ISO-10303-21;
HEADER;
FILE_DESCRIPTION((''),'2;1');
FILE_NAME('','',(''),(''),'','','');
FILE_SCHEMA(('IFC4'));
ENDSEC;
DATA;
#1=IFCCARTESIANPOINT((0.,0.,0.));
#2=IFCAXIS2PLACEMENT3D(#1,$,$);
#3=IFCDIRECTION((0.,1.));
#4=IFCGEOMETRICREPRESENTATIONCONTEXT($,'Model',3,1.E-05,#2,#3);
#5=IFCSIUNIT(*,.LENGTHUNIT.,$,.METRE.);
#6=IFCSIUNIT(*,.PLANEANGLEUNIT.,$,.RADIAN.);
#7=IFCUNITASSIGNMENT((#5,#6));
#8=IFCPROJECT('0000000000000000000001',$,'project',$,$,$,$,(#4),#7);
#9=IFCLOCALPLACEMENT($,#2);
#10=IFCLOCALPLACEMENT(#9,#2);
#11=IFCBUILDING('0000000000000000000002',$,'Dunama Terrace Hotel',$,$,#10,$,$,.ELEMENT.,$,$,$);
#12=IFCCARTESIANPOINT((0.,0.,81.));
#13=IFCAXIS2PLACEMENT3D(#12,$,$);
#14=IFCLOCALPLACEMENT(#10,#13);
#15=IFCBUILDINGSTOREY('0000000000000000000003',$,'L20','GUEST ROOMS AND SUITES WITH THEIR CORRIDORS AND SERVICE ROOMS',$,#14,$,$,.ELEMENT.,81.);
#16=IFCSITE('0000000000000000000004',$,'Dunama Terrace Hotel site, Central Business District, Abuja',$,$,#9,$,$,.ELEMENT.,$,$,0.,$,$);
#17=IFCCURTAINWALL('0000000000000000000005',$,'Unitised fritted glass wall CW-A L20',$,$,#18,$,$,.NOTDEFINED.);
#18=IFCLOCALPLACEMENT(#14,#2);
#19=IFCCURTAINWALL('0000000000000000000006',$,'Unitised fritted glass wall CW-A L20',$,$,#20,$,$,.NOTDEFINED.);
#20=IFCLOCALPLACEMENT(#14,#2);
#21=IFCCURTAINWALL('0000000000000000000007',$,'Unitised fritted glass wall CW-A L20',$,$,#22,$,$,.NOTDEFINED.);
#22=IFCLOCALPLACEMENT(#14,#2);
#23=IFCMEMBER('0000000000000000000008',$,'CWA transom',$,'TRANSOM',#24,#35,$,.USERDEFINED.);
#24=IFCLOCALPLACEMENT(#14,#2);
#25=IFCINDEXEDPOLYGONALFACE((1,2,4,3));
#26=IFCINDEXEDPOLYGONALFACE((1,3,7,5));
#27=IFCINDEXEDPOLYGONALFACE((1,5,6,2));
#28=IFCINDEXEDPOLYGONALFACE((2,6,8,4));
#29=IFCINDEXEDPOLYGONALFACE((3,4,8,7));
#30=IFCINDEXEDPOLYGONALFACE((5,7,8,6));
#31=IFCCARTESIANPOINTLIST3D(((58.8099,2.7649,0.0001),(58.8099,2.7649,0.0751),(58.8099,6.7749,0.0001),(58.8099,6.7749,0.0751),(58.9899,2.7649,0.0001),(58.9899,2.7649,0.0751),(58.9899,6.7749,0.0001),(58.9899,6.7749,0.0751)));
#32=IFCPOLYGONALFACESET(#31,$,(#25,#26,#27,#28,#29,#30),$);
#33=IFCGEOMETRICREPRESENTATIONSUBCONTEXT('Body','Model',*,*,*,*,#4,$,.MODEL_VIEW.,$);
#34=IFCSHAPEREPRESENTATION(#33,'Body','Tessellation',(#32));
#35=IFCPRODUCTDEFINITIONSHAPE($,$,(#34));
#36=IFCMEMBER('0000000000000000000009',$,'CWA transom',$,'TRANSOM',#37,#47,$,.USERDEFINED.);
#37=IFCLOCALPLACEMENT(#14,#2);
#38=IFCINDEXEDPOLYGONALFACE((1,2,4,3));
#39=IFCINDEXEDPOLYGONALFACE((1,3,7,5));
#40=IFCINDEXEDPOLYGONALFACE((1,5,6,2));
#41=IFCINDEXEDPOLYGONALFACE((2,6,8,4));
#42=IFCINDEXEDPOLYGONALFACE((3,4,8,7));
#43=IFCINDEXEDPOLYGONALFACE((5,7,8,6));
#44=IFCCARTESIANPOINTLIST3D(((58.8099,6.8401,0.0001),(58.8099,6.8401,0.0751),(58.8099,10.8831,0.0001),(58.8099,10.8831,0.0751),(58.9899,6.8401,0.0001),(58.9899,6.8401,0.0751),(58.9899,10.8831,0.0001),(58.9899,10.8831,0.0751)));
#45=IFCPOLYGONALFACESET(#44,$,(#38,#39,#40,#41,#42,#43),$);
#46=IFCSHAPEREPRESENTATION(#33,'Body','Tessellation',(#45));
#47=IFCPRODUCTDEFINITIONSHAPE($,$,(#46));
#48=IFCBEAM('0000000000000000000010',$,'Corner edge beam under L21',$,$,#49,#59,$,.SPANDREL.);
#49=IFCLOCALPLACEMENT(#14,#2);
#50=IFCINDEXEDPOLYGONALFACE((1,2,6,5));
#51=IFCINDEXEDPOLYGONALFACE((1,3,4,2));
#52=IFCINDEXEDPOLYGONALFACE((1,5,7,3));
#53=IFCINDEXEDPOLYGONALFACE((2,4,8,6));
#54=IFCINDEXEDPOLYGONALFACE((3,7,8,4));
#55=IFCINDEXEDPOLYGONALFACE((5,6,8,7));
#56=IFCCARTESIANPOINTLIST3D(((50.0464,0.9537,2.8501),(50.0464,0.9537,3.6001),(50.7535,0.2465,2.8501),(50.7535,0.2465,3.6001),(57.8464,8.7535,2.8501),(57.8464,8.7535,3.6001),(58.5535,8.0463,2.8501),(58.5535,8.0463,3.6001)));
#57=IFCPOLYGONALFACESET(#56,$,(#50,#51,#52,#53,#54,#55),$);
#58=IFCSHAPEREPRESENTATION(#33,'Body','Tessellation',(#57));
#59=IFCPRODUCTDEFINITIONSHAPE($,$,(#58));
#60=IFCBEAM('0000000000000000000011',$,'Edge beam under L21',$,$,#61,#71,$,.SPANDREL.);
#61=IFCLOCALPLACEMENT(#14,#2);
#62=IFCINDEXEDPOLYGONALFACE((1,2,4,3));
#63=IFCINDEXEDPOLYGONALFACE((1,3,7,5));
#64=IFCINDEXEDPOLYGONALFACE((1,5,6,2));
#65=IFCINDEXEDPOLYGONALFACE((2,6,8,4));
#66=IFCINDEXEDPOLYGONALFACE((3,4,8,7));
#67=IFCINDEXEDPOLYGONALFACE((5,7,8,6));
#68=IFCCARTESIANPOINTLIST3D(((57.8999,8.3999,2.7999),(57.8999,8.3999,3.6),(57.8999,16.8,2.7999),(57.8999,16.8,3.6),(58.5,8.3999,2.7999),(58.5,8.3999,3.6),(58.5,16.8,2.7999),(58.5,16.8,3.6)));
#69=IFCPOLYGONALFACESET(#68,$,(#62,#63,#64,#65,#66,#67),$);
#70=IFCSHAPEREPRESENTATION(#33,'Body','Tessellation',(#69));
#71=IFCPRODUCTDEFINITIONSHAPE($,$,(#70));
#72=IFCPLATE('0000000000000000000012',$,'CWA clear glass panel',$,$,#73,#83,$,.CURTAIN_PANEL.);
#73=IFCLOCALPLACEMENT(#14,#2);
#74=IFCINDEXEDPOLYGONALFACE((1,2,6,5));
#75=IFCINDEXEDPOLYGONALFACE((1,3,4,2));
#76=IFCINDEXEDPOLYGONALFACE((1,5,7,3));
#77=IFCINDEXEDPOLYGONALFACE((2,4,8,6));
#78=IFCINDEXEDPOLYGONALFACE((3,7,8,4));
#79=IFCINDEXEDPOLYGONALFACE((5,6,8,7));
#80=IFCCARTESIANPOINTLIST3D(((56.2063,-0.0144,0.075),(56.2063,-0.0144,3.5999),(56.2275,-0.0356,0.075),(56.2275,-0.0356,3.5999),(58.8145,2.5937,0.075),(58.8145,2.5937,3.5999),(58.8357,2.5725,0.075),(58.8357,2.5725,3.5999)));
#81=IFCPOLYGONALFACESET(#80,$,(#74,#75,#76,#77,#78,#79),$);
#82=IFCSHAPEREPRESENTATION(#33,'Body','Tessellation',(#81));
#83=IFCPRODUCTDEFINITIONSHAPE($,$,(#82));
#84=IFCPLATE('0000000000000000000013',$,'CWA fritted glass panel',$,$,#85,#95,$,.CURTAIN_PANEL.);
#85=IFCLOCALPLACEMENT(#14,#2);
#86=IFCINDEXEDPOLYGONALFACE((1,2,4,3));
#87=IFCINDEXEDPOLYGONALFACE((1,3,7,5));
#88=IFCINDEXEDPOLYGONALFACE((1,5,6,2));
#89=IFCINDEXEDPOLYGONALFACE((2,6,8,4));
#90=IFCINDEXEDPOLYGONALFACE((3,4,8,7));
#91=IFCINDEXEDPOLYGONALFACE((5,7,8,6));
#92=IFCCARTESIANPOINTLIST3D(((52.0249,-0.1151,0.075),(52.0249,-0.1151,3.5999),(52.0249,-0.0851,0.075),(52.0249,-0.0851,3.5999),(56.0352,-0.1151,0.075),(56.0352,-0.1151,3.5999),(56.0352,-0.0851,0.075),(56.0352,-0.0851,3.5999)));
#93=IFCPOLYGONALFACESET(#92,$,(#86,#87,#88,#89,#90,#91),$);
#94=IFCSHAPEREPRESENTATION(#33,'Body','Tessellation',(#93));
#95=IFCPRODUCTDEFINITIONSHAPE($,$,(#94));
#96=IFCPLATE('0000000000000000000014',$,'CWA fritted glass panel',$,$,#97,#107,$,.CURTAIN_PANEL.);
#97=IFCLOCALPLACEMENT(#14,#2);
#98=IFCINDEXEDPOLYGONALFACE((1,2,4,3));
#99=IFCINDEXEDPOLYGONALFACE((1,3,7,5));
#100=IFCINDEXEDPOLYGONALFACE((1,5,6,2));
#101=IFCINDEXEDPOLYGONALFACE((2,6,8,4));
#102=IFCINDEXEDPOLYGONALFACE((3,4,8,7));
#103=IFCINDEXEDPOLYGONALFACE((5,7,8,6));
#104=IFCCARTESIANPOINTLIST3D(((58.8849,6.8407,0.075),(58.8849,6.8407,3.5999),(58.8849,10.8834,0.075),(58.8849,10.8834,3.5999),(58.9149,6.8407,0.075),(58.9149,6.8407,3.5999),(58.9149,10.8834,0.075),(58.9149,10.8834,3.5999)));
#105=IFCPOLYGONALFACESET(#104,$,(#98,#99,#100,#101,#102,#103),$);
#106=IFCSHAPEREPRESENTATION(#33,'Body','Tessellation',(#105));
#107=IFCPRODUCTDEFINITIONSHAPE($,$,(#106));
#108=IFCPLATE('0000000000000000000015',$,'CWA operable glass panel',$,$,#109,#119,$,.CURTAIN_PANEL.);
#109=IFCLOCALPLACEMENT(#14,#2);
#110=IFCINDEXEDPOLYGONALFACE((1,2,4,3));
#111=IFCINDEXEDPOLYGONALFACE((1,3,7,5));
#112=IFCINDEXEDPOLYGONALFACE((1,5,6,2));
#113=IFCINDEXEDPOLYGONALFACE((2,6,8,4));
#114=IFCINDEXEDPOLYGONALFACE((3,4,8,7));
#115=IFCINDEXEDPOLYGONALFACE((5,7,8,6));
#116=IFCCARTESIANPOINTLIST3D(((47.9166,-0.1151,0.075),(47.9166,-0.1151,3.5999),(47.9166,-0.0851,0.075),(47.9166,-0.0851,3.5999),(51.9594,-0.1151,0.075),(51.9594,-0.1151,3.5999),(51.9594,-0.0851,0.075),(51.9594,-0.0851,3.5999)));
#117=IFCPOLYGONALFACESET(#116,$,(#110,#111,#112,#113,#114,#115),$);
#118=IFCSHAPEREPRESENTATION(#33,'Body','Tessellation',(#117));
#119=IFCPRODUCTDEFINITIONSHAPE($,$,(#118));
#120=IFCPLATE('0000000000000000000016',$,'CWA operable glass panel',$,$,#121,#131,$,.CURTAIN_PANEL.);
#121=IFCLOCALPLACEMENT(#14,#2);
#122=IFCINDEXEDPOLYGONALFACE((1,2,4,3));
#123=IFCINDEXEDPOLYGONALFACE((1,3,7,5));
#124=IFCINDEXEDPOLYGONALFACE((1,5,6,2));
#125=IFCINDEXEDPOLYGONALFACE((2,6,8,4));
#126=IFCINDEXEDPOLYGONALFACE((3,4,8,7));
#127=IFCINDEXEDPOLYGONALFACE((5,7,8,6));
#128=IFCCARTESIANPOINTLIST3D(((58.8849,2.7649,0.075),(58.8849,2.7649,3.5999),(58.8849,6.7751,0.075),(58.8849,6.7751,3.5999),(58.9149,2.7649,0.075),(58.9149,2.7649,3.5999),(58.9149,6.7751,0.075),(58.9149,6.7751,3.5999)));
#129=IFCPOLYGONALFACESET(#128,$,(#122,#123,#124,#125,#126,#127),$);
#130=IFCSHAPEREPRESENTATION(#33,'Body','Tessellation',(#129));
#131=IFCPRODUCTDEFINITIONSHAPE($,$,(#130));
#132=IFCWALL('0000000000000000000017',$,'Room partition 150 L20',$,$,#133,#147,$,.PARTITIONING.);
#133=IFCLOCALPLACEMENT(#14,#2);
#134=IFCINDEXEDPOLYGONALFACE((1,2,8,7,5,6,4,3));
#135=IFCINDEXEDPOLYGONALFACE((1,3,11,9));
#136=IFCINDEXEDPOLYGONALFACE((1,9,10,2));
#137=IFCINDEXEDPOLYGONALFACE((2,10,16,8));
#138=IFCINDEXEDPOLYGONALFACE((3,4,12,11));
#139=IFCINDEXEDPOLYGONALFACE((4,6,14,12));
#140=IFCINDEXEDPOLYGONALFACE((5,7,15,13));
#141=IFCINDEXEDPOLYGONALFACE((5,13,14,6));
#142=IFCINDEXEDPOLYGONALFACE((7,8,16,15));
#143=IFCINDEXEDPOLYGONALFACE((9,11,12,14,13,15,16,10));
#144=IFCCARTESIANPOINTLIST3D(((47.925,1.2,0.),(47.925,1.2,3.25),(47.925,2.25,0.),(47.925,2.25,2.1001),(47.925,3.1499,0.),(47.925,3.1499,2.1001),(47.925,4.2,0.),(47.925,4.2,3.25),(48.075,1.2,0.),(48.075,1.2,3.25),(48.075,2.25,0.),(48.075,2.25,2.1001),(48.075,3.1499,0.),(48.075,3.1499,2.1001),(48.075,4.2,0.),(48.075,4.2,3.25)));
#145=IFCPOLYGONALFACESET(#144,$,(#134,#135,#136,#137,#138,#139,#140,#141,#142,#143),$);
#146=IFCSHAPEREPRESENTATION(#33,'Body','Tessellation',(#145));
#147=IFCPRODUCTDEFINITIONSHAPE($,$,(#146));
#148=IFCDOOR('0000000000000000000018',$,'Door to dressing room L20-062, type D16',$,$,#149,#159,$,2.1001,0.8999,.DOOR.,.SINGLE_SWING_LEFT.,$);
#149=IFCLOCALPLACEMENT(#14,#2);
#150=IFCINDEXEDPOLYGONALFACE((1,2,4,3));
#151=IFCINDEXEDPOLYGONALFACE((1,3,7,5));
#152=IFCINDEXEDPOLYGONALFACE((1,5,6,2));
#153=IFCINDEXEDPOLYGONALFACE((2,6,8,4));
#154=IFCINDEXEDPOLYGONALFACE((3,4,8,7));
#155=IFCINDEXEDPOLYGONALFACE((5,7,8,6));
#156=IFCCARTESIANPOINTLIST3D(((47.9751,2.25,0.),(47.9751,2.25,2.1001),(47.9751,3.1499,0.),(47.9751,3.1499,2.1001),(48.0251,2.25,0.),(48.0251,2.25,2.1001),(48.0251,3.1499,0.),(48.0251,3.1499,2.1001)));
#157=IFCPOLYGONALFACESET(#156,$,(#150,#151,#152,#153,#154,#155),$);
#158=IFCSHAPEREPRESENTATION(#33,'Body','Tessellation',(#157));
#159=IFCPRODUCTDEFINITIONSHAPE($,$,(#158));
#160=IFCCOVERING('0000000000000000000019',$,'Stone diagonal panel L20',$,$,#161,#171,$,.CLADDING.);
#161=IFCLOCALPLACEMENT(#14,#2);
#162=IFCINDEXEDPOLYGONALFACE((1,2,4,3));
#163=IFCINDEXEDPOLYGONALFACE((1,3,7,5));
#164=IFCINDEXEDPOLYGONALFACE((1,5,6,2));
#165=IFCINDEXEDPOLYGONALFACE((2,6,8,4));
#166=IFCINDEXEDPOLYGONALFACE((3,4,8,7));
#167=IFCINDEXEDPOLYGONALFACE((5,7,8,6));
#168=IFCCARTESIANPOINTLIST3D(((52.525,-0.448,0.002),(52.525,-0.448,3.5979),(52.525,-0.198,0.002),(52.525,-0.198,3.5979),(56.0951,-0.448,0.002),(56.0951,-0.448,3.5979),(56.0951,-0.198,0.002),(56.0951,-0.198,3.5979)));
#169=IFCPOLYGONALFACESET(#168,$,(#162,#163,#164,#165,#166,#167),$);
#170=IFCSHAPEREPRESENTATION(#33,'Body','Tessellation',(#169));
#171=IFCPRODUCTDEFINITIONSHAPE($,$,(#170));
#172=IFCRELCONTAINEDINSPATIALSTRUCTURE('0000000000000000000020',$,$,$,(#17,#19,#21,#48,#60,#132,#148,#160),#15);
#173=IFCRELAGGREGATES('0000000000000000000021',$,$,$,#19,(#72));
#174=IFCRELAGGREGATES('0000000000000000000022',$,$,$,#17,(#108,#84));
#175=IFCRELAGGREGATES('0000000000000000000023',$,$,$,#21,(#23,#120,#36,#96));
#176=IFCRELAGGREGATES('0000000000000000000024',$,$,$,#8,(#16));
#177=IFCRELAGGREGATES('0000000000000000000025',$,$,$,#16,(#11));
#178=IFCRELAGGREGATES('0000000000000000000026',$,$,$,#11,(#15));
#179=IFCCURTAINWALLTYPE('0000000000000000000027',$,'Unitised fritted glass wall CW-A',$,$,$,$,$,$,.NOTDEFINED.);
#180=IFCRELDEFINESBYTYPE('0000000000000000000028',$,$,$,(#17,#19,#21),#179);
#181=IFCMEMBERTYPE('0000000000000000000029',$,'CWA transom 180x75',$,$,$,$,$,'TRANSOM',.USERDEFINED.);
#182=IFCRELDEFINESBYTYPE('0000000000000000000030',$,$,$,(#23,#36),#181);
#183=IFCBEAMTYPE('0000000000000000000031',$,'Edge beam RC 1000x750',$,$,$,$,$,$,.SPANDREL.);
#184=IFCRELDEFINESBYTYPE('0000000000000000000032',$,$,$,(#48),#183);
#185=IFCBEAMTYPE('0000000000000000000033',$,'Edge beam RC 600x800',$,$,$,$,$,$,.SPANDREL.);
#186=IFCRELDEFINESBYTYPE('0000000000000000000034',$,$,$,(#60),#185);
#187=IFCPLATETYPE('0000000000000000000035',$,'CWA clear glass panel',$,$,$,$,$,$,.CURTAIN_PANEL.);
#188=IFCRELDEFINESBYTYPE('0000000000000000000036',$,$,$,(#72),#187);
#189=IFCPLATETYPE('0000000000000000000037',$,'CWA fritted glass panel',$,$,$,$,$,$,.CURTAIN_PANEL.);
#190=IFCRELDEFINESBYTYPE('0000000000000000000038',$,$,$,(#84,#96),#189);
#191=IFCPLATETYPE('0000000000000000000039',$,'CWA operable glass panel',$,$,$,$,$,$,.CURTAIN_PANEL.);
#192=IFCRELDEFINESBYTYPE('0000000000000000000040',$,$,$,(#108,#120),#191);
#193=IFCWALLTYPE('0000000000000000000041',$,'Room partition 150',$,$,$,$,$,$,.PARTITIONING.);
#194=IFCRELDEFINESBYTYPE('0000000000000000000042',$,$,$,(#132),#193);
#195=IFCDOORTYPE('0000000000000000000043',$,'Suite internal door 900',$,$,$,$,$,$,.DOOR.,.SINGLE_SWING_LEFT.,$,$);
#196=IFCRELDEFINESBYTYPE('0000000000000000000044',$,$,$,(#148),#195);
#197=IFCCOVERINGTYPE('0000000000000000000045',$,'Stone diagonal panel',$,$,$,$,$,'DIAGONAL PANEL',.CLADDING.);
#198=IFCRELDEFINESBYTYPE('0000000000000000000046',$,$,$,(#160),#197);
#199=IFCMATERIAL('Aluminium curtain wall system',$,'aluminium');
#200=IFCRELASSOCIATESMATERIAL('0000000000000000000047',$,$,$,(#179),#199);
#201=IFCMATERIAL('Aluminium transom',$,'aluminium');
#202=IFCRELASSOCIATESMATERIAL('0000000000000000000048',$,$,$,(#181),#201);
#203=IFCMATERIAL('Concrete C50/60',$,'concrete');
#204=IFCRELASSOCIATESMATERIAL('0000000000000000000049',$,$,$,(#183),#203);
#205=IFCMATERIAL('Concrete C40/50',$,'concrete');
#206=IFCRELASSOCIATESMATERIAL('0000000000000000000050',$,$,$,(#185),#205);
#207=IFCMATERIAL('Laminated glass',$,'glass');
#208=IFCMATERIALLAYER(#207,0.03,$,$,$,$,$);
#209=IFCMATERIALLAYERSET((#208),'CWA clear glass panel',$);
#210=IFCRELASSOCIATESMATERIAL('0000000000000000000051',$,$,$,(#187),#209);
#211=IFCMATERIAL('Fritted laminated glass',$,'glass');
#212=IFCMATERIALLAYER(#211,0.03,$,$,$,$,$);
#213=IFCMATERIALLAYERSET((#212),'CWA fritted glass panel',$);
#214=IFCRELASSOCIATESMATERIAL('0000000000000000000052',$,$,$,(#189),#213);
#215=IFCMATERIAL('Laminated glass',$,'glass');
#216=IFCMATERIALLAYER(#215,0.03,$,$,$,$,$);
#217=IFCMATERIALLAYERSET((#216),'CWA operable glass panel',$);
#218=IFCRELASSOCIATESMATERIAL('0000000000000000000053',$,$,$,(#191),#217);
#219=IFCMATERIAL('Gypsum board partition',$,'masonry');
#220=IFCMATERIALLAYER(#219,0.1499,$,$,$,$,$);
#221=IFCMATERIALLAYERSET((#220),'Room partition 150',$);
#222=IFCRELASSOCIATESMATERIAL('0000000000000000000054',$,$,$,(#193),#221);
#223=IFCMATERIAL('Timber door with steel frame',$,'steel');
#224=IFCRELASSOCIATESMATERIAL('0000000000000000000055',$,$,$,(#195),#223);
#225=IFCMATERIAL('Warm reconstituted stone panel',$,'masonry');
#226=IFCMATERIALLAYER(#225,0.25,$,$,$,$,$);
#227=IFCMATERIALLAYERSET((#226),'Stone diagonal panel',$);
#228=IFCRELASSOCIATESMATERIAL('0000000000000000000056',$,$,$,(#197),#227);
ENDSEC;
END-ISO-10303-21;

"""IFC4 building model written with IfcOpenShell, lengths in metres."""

from ifc_helpers import new_model, si_unit, direction, frame, frame_2d, origin, origin_2d, place, context, subcontext, project, spatial, rectangle, extrude, material, layer, layer_set, material_profile, profile_set, type_object, element, fill, aggregate, save


model = new_model("IFC4")

# Units and contexts
model_context = context("Model", 3, precision=1e-05, world=origin(), true_north=direction((0.0, 1.0)))
body_context = subcontext(model_context, "Body", "Model", "MODEL_VIEW")
ifc_project = project(units=[si_unit("LENGTHUNIT", "METRE"), si_unit("PLANEANGLEUNIT", "RADIAN")], contexts=[model_context])

# Site, building, storey
site_placement = place(None, origin())
site = spatial("IfcSite", under=ifc_project, at=site_placement, Name="Dunama Terrace Hotel site, Central Business District, Abuja", CompositionType="ELEMENT", RefElevation=0.0)
building_placement = place(site_placement, origin())
building = spatial("IfcBuilding", under=site, at=building_placement, Name="Dunama Terrace Hotel", CompositionType="ELEMENT")
storey_placement = place(building_placement, frame((0.0, 0.0, 81.0)))
storey = spatial("IfcBuildingStorey", under=building, at=storey_placement, Name="L20", Description="GUEST ROOMS AND SUITES WITH THEIR CORRIDORS AND SERVICE ROOMS", CompositionType="ELEMENT", Elevation=81.0)

# Curtain walls
ifc_material_1 = material(Name="Aluminium curtain wall system", Category="aluminium")
curtain_wall_type = type_object("IfcCurtainWallType", Name="Unitised fritted glass wall CW-A", PredefinedType="NOTDEFINED", material=ifc_material_1)
curtain_wall_1_placement = place(storey_placement, origin())
curtain_wall_1 = element("IfcCurtainWall", 1, at=curtain_wall_1_placement, inside=storey, type_object=curtain_wall_type, Name="Unitised fritted glass wall CW-A L20", PredefinedType="NOTDEFINED")
curtain_wall_2_placement = place(storey_placement, origin())
curtain_wall_2 = element("IfcCurtainWall", 2, at=curtain_wall_2_placement, inside=storey, type_object=curtain_wall_type, Name="Unitised fritted glass wall CW-A L20", PredefinedType="NOTDEFINED")
curtain_wall_3_placement = place(storey_placement, origin())
curtain_wall_3 = element("IfcCurtainWall", 3, at=curtain_wall_3_placement, inside=storey, type_object=curtain_wall_type, Name="Unitised fritted glass wall CW-A L20", PredefinedType="NOTDEFINED")

# Members
ifc_material_2 = material(Name="Aluminium transom", Category="aluminium")
ifc_material_profile_1 = material_profile(ifc_material_2, rectangle(XDim=0.1799, YDim=0.075, at=origin_2d()), Name="CWA TRANSOM 180X75")
ifc_profile_set_1 = profile_set([ifc_material_profile_1], Name="Aluminium transom")
member_type_1 = type_object("IfcMemberType", Name="CWA transom 180x75", ElementType="TRANSOM", PredefinedType="USERDEFINED", material=ifc_profile_set_1)
member_1_placement = place(storey_placement, frame((58.8999, 2.7649, 0.0376), z_axis=(0.0, 1.0, 0.0), x_axis=(-1.0, 0.0, 0.0)))
member_1 = element("IfcMember", 4, at=member_1_placement, type_object=member_type_1, Name="CWA transom", ObjectType="TRANSOM", PredefinedType="USERDEFINED", context=body_context, shape_type="SweptSolid", body=[
    extrude(rectangle(XDim=0.1799, YDim=0.075, at=origin_2d()), origin(), (0.0, 0.0, 1.0), 4.01),
])
member_2_placement = place(storey_placement, frame((58.8999, 6.8401, 0.0376), z_axis=(0.0, 1.0, 0.0), x_axis=(-1.0, 0.0, 0.0)))
member_2 = element("IfcMember", 5, at=member_2_placement, type_object=member_type_1, Name="CWA transom", ObjectType="TRANSOM", PredefinedType="USERDEFINED", context=body_context, shape_type="SweptSolid", body=[
    extrude(rectangle(XDim=0.1799, YDim=0.075, at=origin_2d()), origin(), (0.0, 0.0, 1.0), 4.043),
])

# Beams
ifc_material_3 = material(Name="Concrete C50/60", Category="concrete")
ifc_material_profile_2 = material_profile(ifc_material_3, rectangle(XDim=1.0, YDim=0.75, at=origin_2d()), Name="RC 1000x750")
ifc_profile_set_2 = profile_set([ifc_material_profile_2], Name="Concrete C50/60")
beam_type_1 = type_object("IfcBeamType", Name="Edge beam RC 1000x750", PredefinedType="SPANDREL", material=ifc_profile_set_2)
beam_1_placement = place(storey_placement, frame((50.3999, 0.6001, 3.2251), z_axis=(0.707118, 0.707096, 0.0), x_axis=(-0.707096, 0.707118, 0.0)))
element("IfcBeam", 6, at=beam_1_placement, inside=storey, type_object=beam_type_1, Name="Corner edge beam under L21", PredefinedType="SPANDREL", context=body_context, shape_type="SweptSolid", body=[
    extrude(rectangle(XDim=1.0, YDim=0.75, at=origin_2d()), origin(), (0.0, 0.0, 1.0), 11.0308),
])
ifc_material_4 = material(Name="Concrete C40/50", Category="concrete")
ifc_material_profile_3 = material_profile(ifc_material_4, rectangle(XDim=0.6001, YDim=0.8, at=origin_2d()), Name="RC 600x800")
ifc_profile_set_3 = profile_set([ifc_material_profile_3], Name="Concrete C40/50")
beam_type_2 = type_object("IfcBeamType", Name="Edge beam RC 600x800", PredefinedType="SPANDREL", material=ifc_profile_set_3)
beam_2_placement = place(storey_placement, frame((58.2, 8.3999, 3.2), z_axis=(0.0, 1.0, 0.0), x_axis=(-1.0, 0.0, 0.0)))
element("IfcBeam", 7, at=beam_2_placement, inside=storey, type_object=beam_type_2, Name="Edge beam under L21", PredefinedType="SPANDREL", context=body_context, shape_type="SweptSolid", body=[
    extrude(rectangle(XDim=0.6001, YDim=0.8, at=origin_2d()), origin(), (0.0, 0.0, 1.0), 8.4001),
])

# Plates
ifc_material_5 = material(Name="Laminated glass", Category="glass")
ifc_layer_1 = layer(ifc_material_5, 0.03)
ifc_layer_set_1 = layer_set([ifc_layer_1], Name="CWA clear glass panel")
plate_type_1 = type_object("IfcPlateType", Name="CWA clear glass panel", PredefinedType="CURTAIN_PANEL", material=ifc_layer_set_1)
plate_1_placement = place(storey_placement, frame((57.521, 1.2791, 0.075), z_axis=(0.0, 0.0, 1.0), x_axis=(0.707107, 0.707107, 0.0)))
plate_1 = element("IfcPlate", 8, at=plate_1_placement, type_object=plate_type_1, Name="CWA clear glass panel", PredefinedType="CURTAIN_PANEL", context=body_context, shape_type="SweptSolid", body=[
    extrude(rectangle(XDim=3.6885, YDim=0.03, at=origin_2d()), origin(), (0.0, 0.0, 1.0), 3.5249),
])
aggregate(curtain_wall_2, [plate_1])
ifc_material_6 = material(Name="Fritted laminated glass", Category="glass")
ifc_layer_2 = layer(ifc_material_6, 0.03)
ifc_layer_set_2 = layer_set([ifc_layer_2], Name="CWA fritted glass panel")
plate_type_2 = type_object("IfcPlateType", Name="CWA fritted glass panel", PredefinedType="CURTAIN_PANEL", material=ifc_layer_set_2)
plate_2_placement = place(storey_placement, frame((54.03, -0.1001, 0.075), z_axis=(0.0, 0.0, 1.0), x_axis=(1.0, 0.0, 0.0)))
plate_2 = element("IfcPlate", 9, at=plate_2_placement, type_object=plate_type_2, Name="CWA fritted glass panel", PredefinedType="CURTAIN_PANEL", context=body_context, shape_type="SweptSolid", body=[
    extrude(rectangle(XDim=4.0103, YDim=0.03, at=origin_2d()), origin(), (0.0, 0.0, 1.0), 3.5249),
])
plate_3_placement = place(storey_placement, frame((58.8999, 8.8621, 0.075), z_axis=(0.0, 0.0, 1.0), x_axis=(0.0, 1.0, 0.0)))
plate_3 = element("IfcPlate", 10, at=plate_3_placement, type_object=plate_type_2, Name="CWA fritted glass panel", PredefinedType="CURTAIN_PANEL", context=body_context, shape_type="SweptSolid", body=[
    extrude(rectangle(XDim=4.0427, YDim=0.03, at=origin_2d()), origin(), (0.0, 0.0, 1.0), 3.5249),
])
ifc_material_7 = material(Name="Laminated glass", Category="glass")
ifc_layer_3 = layer(ifc_material_7, 0.03)
ifc_layer_set_3 = layer_set([ifc_layer_3], Name="CWA operable glass panel")
plate_type_3 = type_object("IfcPlateType", Name="CWA operable glass panel", PredefinedType="CURTAIN_PANEL", material=ifc_layer_set_3)
plate_4_placement = place(storey_placement, frame((49.938, -0.1001, 0.075), z_axis=(0.0, 0.0, 1.0), x_axis=(1.0, 0.0, 0.0)))
plate_4 = element("IfcPlate", 11, at=plate_4_placement, type_object=plate_type_3, Name="CWA operable glass panel", PredefinedType="CURTAIN_PANEL", context=body_context, shape_type="SweptSolid", body=[
    extrude(rectangle(XDim=4.0427, YDim=0.03, at=origin_2d()), origin(), (0.0, 0.0, 1.0), 3.5249),
])
aggregate(curtain_wall_1, [plate_4, plate_2])
plate_5_placement = place(storey_placement, frame((58.8999, 4.77, 0.075), z_axis=(0.0, 0.0, 1.0), x_axis=(0.0, 1.0, 0.0)))
plate_5 = element("IfcPlate", 12, at=plate_5_placement, type_object=plate_type_3, Name="CWA operable glass panel", PredefinedType="CURTAIN_PANEL", context=body_context, shape_type="SweptSolid", body=[
    extrude(rectangle(XDim=4.0103, YDim=0.03, at=origin_2d()), origin(), (0.0, 0.0, 1.0), 3.5249),
])
aggregate(curtain_wall_3, [member_1, plate_5, member_2, plate_3])

# Wall, opening, door
ifc_material_8 = material(Name="Gypsum board partition", Category="masonry")
ifc_layer_4 = layer(ifc_material_8, 0.1499)
ifc_layer_set_4 = layer_set([ifc_layer_4], Name="Room partition 150")
wall_type = type_object("IfcWallType", Name="Room partition 150", PredefinedType="PARTITIONING", material=ifc_layer_set_4)
wall_placement = place(storey_placement, frame((48.0, 1.2, 0.0), z_axis=(0.0, 0.0, 1.0), x_axis=(0.0, 1.0, 0.0)))
wall = element("IfcWall", 13, at=wall_placement, inside=storey, type_object=wall_type, Name="Room partition 150 L20", PredefinedType="PARTITIONING", context=body_context, shape_type="SweptSolid", body=[
    extrude(rectangle(XDim=3.0, YDim=0.1499, at=frame_2d((1.5, 0.0))), origin(), (0.0, 0.0, 1.0), 3.25),
])
opening_placement = place(wall_placement, frame((1.05, 0.0, 0.0)))
opening = element("IfcOpeningElement", 14, at=opening_placement, cuts=wall, PredefinedType="OPENING", context=body_context, shape_type="SweptSolid", body=[
    extrude(rectangle(XDim=0.8999, YDim=2.1001, at=frame_2d((0.45, 1.05))), frame((0.0, 0.085, 0.0), z_axis=(0.0, -1.0, 0.0), x_axis=(1.0, 0.0, 0.0)), (0.0, 0.0, 1.0), 0.1699),
])
ifc_material_9 = material(Name="Timber door with steel frame", Category="steel")
door_type = type_object("IfcDoorType", Name="Suite internal door 900", OperationType="SINGLE_SWING_LEFT", PredefinedType="DOOR", material=ifc_material_9)
door_placement = place(opening_placement, origin())
door = element("IfcDoor", 15, at=door_placement, inside=storey, type_object=door_type, Name="Door to dressing room L20-062, type D16", OperationType="SINGLE_SWING_LEFT", OverallHeight=2.1001, OverallWidth=0.8999, PredefinedType="DOOR", context=body_context, shape_type="SweptSolid", body=[
    extrude(rectangle(XDim=0.8999, YDim=2.1001, at=frame_2d((0.45, 1.05))), frame((0.0, 0.0249, 0.0), z_axis=(0.0, -1.0, 0.0), x_axis=(1.0, 0.0, 0.0)), (0.0, 0.0, 1.0), 0.05),
])
fill(opening, door)

# Covering
ifc_material_10 = material(Name="Warm reconstituted stone panel", Category="masonry")
ifc_layer_5 = layer(ifc_material_10, 0.25)
ifc_layer_set_5 = layer_set([ifc_layer_5], Name="Stone diagonal panel")
covering_type = type_object("IfcCoveringType", Name="Stone diagonal panel", ElementType="DIAGONAL PANEL", PredefinedType="CLADDING", material=ifc_layer_set_5)
covering_1_placement = place(storey_placement, frame((54.3101, -0.323, 0.002), z_axis=(0.0, 0.0, 1.0), x_axis=(1.0, 0.0, 0.0)))
element("IfcCovering", 16, at=covering_1_placement, inside=storey, type_object=covering_type, Name="Stone diagonal panel L20", PredefinedType="CLADDING", context=body_context, shape_type="SweptSolid", body=[
    extrude(rectangle(XDim=3.5701, YDim=0.25, at=origin_2d()), origin(), (0.0, 0.0, 1.0), 3.5959),
])

save(model, "model.ifc")
